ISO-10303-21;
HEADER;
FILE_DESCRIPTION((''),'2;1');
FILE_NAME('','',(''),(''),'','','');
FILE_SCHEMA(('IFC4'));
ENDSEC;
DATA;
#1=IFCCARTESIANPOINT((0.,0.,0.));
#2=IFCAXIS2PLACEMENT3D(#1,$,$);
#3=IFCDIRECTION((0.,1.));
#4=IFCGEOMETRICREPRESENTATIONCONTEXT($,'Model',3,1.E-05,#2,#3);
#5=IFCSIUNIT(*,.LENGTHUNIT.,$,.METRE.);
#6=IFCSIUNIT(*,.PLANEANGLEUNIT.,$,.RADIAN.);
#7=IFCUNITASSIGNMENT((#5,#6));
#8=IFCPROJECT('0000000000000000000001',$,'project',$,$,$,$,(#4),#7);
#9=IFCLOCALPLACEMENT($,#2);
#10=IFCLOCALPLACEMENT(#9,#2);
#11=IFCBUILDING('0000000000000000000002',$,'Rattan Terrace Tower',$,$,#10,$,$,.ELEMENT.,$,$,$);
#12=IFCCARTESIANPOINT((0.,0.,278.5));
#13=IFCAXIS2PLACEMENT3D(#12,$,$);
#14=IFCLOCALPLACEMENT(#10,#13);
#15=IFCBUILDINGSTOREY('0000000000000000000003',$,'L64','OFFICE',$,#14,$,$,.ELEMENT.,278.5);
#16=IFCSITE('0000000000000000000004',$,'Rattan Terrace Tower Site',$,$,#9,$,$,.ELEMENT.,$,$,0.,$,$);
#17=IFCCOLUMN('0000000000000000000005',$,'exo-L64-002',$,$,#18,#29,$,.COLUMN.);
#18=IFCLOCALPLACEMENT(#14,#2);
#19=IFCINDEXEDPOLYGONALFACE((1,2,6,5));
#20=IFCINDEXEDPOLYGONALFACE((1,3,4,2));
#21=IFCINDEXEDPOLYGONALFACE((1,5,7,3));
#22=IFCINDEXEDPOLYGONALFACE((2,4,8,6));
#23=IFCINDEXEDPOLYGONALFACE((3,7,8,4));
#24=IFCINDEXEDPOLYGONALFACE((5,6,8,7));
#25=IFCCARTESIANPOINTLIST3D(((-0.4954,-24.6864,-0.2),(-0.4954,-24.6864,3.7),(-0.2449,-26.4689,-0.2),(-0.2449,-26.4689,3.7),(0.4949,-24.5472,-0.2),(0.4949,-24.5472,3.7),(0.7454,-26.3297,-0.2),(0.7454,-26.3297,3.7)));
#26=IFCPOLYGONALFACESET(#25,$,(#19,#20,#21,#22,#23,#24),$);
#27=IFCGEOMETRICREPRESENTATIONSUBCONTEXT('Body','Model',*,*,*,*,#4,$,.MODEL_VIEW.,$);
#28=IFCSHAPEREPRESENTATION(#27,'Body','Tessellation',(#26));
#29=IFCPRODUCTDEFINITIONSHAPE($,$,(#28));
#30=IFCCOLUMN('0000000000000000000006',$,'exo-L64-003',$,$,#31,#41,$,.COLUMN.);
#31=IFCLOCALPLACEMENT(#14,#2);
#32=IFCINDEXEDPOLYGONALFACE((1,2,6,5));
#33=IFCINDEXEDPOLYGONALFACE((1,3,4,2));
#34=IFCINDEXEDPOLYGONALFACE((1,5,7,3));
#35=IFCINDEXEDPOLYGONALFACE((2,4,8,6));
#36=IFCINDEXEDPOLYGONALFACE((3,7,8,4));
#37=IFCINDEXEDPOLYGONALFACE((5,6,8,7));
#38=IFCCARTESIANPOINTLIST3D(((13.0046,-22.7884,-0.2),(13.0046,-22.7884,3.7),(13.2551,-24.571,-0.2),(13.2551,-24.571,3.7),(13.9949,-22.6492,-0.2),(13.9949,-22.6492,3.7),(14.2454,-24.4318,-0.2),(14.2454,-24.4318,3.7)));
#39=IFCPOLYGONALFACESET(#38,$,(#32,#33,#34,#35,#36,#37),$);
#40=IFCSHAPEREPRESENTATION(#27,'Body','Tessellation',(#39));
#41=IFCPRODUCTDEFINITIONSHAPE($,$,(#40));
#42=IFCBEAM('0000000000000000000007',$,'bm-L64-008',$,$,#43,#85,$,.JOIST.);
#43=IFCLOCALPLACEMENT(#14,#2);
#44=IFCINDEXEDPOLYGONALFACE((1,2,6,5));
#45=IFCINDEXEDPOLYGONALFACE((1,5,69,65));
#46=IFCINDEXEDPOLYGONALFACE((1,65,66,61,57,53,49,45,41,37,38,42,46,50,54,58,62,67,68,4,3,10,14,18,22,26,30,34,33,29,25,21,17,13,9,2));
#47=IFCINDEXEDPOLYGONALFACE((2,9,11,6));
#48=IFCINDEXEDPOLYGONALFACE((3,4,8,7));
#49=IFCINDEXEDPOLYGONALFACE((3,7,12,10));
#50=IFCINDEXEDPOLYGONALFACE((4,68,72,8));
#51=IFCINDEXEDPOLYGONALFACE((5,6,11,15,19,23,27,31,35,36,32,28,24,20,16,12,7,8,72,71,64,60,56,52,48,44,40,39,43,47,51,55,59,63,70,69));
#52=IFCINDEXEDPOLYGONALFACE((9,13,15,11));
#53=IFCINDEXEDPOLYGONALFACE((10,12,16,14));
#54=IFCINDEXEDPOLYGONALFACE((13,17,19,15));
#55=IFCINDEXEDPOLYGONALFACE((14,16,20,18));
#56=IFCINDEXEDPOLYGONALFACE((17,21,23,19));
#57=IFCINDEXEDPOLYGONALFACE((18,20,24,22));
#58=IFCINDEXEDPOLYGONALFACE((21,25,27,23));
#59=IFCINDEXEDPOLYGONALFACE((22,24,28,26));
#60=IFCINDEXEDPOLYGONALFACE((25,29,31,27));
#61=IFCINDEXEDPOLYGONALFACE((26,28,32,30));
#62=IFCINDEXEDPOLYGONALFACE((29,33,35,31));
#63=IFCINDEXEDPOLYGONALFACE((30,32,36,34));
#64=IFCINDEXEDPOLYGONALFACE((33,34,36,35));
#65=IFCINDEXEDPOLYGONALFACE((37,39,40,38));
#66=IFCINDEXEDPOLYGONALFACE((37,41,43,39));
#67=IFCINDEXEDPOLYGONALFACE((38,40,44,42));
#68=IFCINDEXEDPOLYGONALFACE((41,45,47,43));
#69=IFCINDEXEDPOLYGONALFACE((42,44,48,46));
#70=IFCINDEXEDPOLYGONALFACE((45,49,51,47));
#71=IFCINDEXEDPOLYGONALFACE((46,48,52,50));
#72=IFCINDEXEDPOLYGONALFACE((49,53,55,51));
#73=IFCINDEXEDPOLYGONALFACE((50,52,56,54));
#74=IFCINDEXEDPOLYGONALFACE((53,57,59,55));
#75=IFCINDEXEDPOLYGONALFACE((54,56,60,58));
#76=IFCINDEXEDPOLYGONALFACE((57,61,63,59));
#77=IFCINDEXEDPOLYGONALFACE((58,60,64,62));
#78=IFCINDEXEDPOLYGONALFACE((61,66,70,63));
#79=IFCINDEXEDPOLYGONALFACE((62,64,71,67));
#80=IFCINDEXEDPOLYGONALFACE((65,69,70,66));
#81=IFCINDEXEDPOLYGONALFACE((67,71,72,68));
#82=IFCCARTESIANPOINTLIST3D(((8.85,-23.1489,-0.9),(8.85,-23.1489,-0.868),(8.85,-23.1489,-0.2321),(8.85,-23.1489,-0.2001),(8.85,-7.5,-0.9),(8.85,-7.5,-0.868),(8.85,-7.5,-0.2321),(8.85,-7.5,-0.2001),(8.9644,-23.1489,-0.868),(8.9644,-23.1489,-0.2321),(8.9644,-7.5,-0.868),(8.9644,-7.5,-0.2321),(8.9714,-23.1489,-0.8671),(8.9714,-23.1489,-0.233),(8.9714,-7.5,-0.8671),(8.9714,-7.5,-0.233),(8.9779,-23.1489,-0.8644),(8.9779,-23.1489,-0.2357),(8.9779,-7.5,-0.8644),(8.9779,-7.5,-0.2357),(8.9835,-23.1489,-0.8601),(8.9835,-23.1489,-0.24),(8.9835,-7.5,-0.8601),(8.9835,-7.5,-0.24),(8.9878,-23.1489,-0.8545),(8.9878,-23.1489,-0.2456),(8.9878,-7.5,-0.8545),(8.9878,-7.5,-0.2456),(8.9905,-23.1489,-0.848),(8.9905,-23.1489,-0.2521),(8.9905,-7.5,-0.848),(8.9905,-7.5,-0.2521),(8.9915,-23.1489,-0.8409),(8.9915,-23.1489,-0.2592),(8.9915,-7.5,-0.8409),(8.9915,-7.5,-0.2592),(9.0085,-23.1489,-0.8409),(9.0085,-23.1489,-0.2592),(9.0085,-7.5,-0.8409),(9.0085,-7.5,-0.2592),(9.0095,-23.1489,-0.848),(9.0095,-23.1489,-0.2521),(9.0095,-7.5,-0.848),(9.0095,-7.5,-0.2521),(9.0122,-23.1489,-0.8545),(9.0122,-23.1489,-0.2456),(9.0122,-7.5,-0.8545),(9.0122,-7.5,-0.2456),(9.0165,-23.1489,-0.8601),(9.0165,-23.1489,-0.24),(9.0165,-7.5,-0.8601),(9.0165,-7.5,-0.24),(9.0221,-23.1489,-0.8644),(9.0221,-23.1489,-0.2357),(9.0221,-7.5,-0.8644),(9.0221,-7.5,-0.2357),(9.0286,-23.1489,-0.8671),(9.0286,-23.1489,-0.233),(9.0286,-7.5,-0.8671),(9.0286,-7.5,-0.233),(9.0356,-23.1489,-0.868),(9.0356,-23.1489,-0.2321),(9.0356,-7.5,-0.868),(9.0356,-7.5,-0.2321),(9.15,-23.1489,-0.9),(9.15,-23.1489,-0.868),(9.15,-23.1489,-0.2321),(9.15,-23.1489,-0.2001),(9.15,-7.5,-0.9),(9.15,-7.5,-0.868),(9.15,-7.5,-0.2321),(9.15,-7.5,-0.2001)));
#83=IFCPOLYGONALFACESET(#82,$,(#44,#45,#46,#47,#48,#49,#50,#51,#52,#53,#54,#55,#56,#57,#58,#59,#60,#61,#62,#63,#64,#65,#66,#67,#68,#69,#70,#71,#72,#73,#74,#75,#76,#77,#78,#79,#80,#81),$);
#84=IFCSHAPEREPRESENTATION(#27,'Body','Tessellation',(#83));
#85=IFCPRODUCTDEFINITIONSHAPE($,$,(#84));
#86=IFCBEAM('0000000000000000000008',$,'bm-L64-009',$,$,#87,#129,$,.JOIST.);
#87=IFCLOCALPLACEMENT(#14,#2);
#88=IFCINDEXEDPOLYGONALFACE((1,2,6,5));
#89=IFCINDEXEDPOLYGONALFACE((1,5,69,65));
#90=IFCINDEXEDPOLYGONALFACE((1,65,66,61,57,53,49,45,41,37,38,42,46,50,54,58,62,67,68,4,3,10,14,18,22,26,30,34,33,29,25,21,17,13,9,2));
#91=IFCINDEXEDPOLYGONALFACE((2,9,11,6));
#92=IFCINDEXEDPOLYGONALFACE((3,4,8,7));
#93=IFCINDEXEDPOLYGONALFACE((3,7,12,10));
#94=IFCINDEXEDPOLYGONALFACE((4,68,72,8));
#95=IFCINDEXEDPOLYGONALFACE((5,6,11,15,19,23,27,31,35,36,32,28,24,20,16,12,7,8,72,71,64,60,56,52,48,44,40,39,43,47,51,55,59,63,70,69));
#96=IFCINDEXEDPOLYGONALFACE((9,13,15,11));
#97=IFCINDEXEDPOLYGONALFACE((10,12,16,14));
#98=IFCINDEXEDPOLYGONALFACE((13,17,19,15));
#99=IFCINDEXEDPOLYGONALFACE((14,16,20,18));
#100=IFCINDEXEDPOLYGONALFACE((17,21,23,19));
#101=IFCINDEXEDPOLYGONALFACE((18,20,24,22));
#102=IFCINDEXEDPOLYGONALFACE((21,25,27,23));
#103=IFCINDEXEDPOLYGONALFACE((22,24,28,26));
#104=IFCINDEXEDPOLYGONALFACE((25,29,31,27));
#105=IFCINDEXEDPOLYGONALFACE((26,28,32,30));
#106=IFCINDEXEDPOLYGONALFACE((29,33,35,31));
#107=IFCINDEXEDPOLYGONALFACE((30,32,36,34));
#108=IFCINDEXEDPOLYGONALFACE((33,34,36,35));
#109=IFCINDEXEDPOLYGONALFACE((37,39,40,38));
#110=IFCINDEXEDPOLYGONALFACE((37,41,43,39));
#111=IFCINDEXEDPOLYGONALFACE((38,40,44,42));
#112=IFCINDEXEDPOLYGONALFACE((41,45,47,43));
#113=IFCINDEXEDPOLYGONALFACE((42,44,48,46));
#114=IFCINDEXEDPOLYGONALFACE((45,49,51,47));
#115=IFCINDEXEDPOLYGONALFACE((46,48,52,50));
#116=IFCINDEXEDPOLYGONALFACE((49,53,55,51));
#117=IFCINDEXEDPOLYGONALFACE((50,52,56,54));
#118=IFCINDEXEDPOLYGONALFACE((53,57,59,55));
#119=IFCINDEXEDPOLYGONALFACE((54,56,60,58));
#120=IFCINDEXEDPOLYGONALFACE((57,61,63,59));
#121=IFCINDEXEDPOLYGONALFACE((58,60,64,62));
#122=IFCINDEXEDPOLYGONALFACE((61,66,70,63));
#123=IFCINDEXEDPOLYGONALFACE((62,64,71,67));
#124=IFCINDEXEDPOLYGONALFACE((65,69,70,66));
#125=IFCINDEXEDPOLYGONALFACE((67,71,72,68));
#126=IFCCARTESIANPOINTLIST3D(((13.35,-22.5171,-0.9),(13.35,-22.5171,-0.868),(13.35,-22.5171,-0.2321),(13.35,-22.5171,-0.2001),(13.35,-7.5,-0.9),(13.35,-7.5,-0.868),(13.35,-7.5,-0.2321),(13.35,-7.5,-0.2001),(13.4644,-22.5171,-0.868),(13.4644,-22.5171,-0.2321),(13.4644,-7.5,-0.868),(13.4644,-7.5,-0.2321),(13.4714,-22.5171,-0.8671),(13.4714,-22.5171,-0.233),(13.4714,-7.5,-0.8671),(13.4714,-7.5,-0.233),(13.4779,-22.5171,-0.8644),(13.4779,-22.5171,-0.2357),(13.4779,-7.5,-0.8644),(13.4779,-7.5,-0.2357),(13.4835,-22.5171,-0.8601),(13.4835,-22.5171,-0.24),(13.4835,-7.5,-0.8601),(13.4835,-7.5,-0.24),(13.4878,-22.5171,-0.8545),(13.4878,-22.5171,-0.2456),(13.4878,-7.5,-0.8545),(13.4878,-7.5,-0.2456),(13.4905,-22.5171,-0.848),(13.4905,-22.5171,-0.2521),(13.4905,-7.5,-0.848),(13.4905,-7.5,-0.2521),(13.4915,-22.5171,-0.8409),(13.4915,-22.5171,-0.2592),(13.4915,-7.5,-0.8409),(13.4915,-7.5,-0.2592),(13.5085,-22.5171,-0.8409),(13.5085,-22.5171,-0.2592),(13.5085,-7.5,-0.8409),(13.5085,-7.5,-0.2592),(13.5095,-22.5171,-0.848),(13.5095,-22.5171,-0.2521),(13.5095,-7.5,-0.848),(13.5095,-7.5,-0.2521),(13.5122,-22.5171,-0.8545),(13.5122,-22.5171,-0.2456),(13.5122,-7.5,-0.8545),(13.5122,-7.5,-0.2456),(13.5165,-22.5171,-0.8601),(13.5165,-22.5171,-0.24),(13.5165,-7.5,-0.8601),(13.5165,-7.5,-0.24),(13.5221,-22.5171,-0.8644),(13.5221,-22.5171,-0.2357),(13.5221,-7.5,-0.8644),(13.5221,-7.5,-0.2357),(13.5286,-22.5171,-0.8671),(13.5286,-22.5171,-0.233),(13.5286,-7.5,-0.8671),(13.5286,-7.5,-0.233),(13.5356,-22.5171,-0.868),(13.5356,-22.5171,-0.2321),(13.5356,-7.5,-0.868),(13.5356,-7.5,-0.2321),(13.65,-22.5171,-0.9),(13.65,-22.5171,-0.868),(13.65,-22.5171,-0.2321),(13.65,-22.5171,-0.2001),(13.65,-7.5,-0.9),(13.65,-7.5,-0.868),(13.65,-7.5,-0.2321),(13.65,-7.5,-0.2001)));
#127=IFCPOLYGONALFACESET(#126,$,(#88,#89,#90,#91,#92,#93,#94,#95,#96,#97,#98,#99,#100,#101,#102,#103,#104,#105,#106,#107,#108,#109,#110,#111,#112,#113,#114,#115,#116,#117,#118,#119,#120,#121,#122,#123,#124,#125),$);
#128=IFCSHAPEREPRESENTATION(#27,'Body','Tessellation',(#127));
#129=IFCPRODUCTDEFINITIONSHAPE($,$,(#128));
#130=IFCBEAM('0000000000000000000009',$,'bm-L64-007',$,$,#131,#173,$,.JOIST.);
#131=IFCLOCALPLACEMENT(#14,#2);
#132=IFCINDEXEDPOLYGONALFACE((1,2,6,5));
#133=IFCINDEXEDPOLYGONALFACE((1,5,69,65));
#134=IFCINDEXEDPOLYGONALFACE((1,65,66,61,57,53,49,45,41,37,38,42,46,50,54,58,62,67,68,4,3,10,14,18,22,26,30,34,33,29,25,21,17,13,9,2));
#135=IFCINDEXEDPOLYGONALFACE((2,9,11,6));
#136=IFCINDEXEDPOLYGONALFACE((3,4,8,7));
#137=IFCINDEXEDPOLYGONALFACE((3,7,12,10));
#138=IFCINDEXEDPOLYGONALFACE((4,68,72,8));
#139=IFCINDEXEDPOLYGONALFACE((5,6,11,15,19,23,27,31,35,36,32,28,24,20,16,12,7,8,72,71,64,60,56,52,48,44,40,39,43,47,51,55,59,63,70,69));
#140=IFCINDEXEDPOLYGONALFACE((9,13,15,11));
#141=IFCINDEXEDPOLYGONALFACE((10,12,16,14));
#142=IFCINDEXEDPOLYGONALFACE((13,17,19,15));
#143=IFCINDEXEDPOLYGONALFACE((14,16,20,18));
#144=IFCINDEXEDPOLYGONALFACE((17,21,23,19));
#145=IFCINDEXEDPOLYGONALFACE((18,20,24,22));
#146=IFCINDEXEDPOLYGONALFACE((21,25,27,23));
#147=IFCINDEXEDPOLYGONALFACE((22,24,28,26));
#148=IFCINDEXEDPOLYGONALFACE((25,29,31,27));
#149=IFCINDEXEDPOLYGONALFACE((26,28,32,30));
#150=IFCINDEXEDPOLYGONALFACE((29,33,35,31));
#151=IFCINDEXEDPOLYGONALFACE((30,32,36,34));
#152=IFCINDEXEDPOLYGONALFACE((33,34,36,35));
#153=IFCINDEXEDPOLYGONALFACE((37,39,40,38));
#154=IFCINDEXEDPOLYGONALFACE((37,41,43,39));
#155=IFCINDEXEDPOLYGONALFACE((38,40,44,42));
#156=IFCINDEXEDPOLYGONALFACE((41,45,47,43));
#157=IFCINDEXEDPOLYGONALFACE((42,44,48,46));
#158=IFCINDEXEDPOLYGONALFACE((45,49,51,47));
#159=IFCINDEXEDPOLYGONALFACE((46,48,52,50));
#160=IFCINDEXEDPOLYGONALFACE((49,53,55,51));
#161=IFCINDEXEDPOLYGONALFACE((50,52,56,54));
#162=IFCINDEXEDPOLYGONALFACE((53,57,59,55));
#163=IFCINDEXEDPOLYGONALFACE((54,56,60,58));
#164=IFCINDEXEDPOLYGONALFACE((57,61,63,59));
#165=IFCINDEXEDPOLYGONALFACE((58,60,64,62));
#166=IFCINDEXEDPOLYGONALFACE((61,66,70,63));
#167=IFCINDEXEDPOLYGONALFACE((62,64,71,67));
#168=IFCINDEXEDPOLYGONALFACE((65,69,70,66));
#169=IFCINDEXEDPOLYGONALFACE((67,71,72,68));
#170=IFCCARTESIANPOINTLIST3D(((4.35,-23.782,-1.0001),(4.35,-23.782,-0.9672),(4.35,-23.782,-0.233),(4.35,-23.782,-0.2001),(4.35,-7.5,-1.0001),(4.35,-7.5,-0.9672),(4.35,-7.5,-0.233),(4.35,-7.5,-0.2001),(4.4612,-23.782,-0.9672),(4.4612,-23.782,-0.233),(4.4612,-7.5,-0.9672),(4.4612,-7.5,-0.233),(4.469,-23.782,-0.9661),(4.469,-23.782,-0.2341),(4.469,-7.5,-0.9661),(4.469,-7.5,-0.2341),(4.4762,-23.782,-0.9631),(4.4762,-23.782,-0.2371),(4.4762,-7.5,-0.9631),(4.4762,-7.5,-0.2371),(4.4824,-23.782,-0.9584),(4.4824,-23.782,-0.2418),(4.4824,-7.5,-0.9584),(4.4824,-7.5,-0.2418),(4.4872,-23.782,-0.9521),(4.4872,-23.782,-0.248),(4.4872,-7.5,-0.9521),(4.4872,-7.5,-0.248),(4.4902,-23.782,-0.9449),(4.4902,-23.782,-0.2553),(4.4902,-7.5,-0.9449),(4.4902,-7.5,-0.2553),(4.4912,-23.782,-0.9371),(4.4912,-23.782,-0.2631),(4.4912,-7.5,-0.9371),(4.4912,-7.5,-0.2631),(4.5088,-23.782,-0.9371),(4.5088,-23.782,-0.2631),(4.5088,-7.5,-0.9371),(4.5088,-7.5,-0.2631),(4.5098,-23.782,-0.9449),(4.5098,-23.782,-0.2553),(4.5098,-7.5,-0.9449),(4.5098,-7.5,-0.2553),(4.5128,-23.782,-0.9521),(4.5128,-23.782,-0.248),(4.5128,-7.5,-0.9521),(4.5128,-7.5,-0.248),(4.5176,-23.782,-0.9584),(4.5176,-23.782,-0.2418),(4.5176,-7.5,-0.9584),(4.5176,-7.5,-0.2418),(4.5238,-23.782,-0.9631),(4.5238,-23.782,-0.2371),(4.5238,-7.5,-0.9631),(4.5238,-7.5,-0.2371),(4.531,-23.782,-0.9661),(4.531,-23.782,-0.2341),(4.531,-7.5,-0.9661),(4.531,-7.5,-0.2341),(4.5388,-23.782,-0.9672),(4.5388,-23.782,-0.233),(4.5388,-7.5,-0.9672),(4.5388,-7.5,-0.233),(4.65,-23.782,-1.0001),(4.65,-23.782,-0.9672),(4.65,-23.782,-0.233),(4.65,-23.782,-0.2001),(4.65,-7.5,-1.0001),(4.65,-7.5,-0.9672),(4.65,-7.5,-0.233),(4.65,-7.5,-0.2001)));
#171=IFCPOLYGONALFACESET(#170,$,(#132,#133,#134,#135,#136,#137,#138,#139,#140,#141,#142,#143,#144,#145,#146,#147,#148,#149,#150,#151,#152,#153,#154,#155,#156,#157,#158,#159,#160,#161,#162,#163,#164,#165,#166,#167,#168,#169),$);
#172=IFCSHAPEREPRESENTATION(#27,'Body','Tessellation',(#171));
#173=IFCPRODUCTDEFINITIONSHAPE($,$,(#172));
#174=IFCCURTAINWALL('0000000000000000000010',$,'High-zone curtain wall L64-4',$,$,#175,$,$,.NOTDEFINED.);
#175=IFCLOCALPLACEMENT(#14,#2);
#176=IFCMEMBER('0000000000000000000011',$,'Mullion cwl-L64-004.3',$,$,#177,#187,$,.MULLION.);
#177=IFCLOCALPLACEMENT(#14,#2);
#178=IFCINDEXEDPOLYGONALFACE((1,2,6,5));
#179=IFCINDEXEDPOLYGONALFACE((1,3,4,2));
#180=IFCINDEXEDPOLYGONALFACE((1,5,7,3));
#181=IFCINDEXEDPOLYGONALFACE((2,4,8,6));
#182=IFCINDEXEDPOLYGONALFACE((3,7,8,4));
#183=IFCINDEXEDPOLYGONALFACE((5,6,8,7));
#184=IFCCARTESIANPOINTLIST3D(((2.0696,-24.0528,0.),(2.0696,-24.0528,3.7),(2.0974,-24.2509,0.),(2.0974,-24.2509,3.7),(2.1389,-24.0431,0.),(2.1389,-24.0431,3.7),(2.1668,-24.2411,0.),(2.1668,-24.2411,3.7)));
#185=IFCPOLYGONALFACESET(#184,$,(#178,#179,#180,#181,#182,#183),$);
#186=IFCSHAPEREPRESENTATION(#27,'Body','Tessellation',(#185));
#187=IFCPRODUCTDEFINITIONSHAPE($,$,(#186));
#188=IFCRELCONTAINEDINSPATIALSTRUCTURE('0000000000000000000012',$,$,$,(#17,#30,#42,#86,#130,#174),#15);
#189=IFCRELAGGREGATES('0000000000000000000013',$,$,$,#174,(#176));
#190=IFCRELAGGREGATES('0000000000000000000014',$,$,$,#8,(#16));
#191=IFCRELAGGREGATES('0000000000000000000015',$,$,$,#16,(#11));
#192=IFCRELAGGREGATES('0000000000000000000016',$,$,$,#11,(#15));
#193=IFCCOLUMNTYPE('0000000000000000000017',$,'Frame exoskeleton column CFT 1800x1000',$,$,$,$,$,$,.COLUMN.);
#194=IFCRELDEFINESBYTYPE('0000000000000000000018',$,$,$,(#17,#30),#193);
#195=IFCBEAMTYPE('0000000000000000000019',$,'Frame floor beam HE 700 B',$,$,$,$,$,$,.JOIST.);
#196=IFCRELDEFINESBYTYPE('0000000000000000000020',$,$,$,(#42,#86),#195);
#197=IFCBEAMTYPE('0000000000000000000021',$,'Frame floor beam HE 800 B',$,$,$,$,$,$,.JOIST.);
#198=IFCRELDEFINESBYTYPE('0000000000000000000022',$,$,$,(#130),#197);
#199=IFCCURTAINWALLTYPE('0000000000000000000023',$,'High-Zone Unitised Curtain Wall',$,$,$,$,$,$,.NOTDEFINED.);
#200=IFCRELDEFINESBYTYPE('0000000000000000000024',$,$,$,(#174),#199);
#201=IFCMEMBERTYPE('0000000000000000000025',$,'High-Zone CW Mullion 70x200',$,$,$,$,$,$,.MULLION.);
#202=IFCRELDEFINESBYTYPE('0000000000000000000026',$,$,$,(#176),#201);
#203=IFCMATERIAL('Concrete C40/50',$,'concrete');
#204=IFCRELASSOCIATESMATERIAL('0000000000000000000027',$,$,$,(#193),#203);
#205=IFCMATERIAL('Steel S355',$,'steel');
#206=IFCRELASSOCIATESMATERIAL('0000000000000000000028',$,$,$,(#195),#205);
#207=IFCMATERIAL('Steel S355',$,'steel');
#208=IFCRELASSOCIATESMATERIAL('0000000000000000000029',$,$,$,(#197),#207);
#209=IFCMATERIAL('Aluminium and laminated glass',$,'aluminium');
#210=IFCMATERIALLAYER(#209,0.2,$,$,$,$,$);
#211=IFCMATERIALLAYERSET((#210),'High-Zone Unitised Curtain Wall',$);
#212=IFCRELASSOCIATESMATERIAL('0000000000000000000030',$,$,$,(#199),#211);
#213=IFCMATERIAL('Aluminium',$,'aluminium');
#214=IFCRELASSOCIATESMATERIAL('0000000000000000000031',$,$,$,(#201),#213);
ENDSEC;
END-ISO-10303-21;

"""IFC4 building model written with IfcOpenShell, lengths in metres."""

from ifc_helpers import new_model, si_unit, direction, frame, origin, origin_2d, place, context, subcontext, project, spatial, rectangle, i_section, extrude, material, layer, layer_set, material_profile, profile_set, type_object, element, aggregate, save


model = new_model("IFC4")

# Units and contexts
model_context = context("Model", 3, precision=1e-05, world=origin(), true_north=direction((0.0, 1.0)))
body_context = subcontext(model_context, "Body", "Model", "MODEL_VIEW")
ifc_project = project(units=[si_unit("LENGTHUNIT", "METRE"), si_unit("PLANEANGLEUNIT", "RADIAN")], contexts=[model_context])

# Site, building, storey
site_placement = place(None, origin())
site = spatial("IfcSite", under=ifc_project, at=site_placement, Name="Rattan Terrace Tower Site", CompositionType="ELEMENT", RefElevation=0.0)
building_placement = place(site_placement, origin())
building = spatial("IfcBuilding", under=site, at=building_placement, Name="Rattan Terrace Tower", CompositionType="ELEMENT")
storey_placement = place(building_placement, frame((0.0, 0.0, 278.5)))
storey = spatial("IfcBuildingStorey", under=building, at=storey_placement, Name="L64", Description="OFFICE", CompositionType="ELEMENT", Elevation=278.5)

# Columns
ifc_material_1 = material(Name="Concrete C40/50", Category="concrete")
ifc_material_profile_1 = material_profile(ifc_material_1, rectangle(XDim=1.0, YDim=1.8, at=origin_2d()), Name="CFT 1800x1000")
ifc_profile_set_1 = profile_set([ifc_material_profile_1], Name="Concrete C40/50")
column_type = type_object("IfcColumnType", Name="Frame exoskeleton column CFT 1800x1000", PredefinedType="COLUMN", material=ifc_profile_set_1)
for number, where, z_axis, x_axis, name in (
    (1, (0.125, -25.5081, -0.2), (0.0, 0.0, 1.0), (0.990266, 0.13919, 0.0), "exo-L64-002"),
    (2, (13.625, -23.6101, -0.2), (0.0, 0.0, 1.0), (0.990266, 0.13919, 0.0), "exo-L64-003"),
):
    element("IfcColumn", number, at=place(storey_placement, frame(where, z_axis=z_axis, x_axis=x_axis)), inside=storey, type_object=column_type, Name=name, PredefinedType="COLUMN", context=body_context, shape_type="SweptSolid", body=[
        extrude(rectangle(XDim=1.0, YDim=1.8, at=origin_2d()), origin(), (0.0, 0.0, 1.0), 3.8999),
    ])

# Beams
ifc_material_2 = material(Name="Steel S355", Category="steel")
ifc_material_profile_2 = material_profile(ifc_material_2, i_section(OverallWidth=0.3, OverallDepth=0.7, WebThickness=0.0171, FlangeThickness=0.032, FilletRadius=0.0271, at=origin_2d()), Name="HE 700 B")
ifc_profile_set_2 = profile_set([ifc_material_profile_2], Name="Steel S355")
beam_type_1 = type_object("IfcBeamType", Name="Frame floor beam HE 700 B", PredefinedType="JOIST", material=ifc_profile_set_2)
beam_1_placement = place(storey_placement, frame((9.0, -23.1489, -0.55), z_axis=(0.0, 1.0, 0.0), x_axis=(-1.0, 0.0, 0.0)))
element("IfcBeam", 3, at=beam_1_placement, inside=storey, type_object=beam_type_1, Name="bm-L64-008", PredefinedType="JOIST", context=body_context, shape_type="SweptSolid", body=[
    extrude(i_section(OverallWidth=0.3, OverallDepth=0.7, WebThickness=0.0171, FlangeThickness=0.032, FilletRadius=0.0271, at=origin_2d()), origin(), (0.0, 0.0, 1.0), 15.6489),
])
beam_2_placement = place(storey_placement, frame((13.5, -22.5171, -0.55), z_axis=(0.0, 1.0, 0.0), x_axis=(-1.0, 0.0, 0.0)))
element("IfcBeam", 4, at=beam_2_placement, inside=storey, type_object=beam_type_1, Name="bm-L64-009", PredefinedType="JOIST", context=body_context, shape_type="SweptSolid", body=[
    extrude(i_section(OverallWidth=0.3, OverallDepth=0.7, WebThickness=0.0171, FlangeThickness=0.032, FilletRadius=0.0271, at=origin_2d()), origin(), (0.0, 0.0, 1.0), 15.0171),
])
ifc_material_3 = material(Name="Steel S355", Category="steel")
ifc_material_profile_3 = material_profile(ifc_material_3, i_section(OverallWidth=0.3, OverallDepth=0.8, WebThickness=0.0176, FlangeThickness=0.033, FilletRadius=0.03, at=origin_2d()), Name="HE 800 B")
ifc_profile_set_3 = profile_set([ifc_material_profile_3], Name="Steel S355")
beam_type_2 = type_object("IfcBeamType", Name="Frame floor beam HE 800 B", PredefinedType="JOIST", material=ifc_profile_set_3)
beam_3_placement = place(storey_placement, frame((4.5, -23.782, -0.6001), z_axis=(0.0, 1.0, 0.0), x_axis=(-1.0, 0.0, 0.0)))
element("IfcBeam", 5, at=beam_3_placement, inside=storey, type_object=beam_type_2, Name="bm-L64-007", PredefinedType="JOIST", context=body_context, shape_type="SweptSolid", body=[
    extrude(i_section(OverallWidth=0.3, OverallDepth=0.8, WebThickness=0.0176, FlangeThickness=0.033, FilletRadius=0.03, at=origin_2d()), origin(), (0.0, 0.0, 1.0), 16.282),
])

# Curtain wall, member
ifc_material_4 = material(Name="Aluminium and laminated glass", Category="aluminium")
ifc_layer_1 = layer(ifc_material_4, 0.2)
ifc_layer_set_1 = layer_set([ifc_layer_1], Name="High-Zone Unitised Curtain Wall")
curtain_wall_type = type_object("IfcCurtainWallType", Name="High-Zone Unitised Curtain Wall", PredefinedType="NOTDEFINED", material=ifc_layer_set_1)
curtain_wall_placement = place(storey_placement, origin())
curtain_wall = element("IfcCurtainWall", 6, at=curtain_wall_placement, inside=storey, type_object=curtain_wall_type, Name="High-zone curtain wall L64-4", PredefinedType="NOTDEFINED")
ifc_material_5 = material(Name="Aluminium", Category="aluminium")
ifc_material_profile_4 = material_profile(ifc_material_5, rectangle(XDim=0.0701, YDim=0.2, at=origin_2d()), Name="Aluminium 70x200")
ifc_profile_set_4 = profile_set([ifc_material_profile_4], Name="Aluminium")
member_type_1 = type_object("IfcMemberType", Name="High-Zone CW Mullion 70x200", PredefinedType="MULLION", material=ifc_profile_set_4)
member_1_placement = place(storey_placement, frame((2.1182, -24.147, 0.0), z_axis=(0.0, 0.0, 1.0), x_axis=(0.990266, 0.139189, 0.0)))
member_1 = element("IfcMember", 7, at=member_1_placement, type_object=member_type_1, Name="Mullion cwl-L64-004.3", PredefinedType="MULLION", context=body_context, shape_type="SweptSolid", body=[
    extrude(rectangle(XDim=0.0701, YDim=0.2, at=origin_2d()), origin(), (0.0, 0.0, 1.0), 3.7),
])
aggregate(curtain_wall, [member_1])

save(model, "model.ifc")
